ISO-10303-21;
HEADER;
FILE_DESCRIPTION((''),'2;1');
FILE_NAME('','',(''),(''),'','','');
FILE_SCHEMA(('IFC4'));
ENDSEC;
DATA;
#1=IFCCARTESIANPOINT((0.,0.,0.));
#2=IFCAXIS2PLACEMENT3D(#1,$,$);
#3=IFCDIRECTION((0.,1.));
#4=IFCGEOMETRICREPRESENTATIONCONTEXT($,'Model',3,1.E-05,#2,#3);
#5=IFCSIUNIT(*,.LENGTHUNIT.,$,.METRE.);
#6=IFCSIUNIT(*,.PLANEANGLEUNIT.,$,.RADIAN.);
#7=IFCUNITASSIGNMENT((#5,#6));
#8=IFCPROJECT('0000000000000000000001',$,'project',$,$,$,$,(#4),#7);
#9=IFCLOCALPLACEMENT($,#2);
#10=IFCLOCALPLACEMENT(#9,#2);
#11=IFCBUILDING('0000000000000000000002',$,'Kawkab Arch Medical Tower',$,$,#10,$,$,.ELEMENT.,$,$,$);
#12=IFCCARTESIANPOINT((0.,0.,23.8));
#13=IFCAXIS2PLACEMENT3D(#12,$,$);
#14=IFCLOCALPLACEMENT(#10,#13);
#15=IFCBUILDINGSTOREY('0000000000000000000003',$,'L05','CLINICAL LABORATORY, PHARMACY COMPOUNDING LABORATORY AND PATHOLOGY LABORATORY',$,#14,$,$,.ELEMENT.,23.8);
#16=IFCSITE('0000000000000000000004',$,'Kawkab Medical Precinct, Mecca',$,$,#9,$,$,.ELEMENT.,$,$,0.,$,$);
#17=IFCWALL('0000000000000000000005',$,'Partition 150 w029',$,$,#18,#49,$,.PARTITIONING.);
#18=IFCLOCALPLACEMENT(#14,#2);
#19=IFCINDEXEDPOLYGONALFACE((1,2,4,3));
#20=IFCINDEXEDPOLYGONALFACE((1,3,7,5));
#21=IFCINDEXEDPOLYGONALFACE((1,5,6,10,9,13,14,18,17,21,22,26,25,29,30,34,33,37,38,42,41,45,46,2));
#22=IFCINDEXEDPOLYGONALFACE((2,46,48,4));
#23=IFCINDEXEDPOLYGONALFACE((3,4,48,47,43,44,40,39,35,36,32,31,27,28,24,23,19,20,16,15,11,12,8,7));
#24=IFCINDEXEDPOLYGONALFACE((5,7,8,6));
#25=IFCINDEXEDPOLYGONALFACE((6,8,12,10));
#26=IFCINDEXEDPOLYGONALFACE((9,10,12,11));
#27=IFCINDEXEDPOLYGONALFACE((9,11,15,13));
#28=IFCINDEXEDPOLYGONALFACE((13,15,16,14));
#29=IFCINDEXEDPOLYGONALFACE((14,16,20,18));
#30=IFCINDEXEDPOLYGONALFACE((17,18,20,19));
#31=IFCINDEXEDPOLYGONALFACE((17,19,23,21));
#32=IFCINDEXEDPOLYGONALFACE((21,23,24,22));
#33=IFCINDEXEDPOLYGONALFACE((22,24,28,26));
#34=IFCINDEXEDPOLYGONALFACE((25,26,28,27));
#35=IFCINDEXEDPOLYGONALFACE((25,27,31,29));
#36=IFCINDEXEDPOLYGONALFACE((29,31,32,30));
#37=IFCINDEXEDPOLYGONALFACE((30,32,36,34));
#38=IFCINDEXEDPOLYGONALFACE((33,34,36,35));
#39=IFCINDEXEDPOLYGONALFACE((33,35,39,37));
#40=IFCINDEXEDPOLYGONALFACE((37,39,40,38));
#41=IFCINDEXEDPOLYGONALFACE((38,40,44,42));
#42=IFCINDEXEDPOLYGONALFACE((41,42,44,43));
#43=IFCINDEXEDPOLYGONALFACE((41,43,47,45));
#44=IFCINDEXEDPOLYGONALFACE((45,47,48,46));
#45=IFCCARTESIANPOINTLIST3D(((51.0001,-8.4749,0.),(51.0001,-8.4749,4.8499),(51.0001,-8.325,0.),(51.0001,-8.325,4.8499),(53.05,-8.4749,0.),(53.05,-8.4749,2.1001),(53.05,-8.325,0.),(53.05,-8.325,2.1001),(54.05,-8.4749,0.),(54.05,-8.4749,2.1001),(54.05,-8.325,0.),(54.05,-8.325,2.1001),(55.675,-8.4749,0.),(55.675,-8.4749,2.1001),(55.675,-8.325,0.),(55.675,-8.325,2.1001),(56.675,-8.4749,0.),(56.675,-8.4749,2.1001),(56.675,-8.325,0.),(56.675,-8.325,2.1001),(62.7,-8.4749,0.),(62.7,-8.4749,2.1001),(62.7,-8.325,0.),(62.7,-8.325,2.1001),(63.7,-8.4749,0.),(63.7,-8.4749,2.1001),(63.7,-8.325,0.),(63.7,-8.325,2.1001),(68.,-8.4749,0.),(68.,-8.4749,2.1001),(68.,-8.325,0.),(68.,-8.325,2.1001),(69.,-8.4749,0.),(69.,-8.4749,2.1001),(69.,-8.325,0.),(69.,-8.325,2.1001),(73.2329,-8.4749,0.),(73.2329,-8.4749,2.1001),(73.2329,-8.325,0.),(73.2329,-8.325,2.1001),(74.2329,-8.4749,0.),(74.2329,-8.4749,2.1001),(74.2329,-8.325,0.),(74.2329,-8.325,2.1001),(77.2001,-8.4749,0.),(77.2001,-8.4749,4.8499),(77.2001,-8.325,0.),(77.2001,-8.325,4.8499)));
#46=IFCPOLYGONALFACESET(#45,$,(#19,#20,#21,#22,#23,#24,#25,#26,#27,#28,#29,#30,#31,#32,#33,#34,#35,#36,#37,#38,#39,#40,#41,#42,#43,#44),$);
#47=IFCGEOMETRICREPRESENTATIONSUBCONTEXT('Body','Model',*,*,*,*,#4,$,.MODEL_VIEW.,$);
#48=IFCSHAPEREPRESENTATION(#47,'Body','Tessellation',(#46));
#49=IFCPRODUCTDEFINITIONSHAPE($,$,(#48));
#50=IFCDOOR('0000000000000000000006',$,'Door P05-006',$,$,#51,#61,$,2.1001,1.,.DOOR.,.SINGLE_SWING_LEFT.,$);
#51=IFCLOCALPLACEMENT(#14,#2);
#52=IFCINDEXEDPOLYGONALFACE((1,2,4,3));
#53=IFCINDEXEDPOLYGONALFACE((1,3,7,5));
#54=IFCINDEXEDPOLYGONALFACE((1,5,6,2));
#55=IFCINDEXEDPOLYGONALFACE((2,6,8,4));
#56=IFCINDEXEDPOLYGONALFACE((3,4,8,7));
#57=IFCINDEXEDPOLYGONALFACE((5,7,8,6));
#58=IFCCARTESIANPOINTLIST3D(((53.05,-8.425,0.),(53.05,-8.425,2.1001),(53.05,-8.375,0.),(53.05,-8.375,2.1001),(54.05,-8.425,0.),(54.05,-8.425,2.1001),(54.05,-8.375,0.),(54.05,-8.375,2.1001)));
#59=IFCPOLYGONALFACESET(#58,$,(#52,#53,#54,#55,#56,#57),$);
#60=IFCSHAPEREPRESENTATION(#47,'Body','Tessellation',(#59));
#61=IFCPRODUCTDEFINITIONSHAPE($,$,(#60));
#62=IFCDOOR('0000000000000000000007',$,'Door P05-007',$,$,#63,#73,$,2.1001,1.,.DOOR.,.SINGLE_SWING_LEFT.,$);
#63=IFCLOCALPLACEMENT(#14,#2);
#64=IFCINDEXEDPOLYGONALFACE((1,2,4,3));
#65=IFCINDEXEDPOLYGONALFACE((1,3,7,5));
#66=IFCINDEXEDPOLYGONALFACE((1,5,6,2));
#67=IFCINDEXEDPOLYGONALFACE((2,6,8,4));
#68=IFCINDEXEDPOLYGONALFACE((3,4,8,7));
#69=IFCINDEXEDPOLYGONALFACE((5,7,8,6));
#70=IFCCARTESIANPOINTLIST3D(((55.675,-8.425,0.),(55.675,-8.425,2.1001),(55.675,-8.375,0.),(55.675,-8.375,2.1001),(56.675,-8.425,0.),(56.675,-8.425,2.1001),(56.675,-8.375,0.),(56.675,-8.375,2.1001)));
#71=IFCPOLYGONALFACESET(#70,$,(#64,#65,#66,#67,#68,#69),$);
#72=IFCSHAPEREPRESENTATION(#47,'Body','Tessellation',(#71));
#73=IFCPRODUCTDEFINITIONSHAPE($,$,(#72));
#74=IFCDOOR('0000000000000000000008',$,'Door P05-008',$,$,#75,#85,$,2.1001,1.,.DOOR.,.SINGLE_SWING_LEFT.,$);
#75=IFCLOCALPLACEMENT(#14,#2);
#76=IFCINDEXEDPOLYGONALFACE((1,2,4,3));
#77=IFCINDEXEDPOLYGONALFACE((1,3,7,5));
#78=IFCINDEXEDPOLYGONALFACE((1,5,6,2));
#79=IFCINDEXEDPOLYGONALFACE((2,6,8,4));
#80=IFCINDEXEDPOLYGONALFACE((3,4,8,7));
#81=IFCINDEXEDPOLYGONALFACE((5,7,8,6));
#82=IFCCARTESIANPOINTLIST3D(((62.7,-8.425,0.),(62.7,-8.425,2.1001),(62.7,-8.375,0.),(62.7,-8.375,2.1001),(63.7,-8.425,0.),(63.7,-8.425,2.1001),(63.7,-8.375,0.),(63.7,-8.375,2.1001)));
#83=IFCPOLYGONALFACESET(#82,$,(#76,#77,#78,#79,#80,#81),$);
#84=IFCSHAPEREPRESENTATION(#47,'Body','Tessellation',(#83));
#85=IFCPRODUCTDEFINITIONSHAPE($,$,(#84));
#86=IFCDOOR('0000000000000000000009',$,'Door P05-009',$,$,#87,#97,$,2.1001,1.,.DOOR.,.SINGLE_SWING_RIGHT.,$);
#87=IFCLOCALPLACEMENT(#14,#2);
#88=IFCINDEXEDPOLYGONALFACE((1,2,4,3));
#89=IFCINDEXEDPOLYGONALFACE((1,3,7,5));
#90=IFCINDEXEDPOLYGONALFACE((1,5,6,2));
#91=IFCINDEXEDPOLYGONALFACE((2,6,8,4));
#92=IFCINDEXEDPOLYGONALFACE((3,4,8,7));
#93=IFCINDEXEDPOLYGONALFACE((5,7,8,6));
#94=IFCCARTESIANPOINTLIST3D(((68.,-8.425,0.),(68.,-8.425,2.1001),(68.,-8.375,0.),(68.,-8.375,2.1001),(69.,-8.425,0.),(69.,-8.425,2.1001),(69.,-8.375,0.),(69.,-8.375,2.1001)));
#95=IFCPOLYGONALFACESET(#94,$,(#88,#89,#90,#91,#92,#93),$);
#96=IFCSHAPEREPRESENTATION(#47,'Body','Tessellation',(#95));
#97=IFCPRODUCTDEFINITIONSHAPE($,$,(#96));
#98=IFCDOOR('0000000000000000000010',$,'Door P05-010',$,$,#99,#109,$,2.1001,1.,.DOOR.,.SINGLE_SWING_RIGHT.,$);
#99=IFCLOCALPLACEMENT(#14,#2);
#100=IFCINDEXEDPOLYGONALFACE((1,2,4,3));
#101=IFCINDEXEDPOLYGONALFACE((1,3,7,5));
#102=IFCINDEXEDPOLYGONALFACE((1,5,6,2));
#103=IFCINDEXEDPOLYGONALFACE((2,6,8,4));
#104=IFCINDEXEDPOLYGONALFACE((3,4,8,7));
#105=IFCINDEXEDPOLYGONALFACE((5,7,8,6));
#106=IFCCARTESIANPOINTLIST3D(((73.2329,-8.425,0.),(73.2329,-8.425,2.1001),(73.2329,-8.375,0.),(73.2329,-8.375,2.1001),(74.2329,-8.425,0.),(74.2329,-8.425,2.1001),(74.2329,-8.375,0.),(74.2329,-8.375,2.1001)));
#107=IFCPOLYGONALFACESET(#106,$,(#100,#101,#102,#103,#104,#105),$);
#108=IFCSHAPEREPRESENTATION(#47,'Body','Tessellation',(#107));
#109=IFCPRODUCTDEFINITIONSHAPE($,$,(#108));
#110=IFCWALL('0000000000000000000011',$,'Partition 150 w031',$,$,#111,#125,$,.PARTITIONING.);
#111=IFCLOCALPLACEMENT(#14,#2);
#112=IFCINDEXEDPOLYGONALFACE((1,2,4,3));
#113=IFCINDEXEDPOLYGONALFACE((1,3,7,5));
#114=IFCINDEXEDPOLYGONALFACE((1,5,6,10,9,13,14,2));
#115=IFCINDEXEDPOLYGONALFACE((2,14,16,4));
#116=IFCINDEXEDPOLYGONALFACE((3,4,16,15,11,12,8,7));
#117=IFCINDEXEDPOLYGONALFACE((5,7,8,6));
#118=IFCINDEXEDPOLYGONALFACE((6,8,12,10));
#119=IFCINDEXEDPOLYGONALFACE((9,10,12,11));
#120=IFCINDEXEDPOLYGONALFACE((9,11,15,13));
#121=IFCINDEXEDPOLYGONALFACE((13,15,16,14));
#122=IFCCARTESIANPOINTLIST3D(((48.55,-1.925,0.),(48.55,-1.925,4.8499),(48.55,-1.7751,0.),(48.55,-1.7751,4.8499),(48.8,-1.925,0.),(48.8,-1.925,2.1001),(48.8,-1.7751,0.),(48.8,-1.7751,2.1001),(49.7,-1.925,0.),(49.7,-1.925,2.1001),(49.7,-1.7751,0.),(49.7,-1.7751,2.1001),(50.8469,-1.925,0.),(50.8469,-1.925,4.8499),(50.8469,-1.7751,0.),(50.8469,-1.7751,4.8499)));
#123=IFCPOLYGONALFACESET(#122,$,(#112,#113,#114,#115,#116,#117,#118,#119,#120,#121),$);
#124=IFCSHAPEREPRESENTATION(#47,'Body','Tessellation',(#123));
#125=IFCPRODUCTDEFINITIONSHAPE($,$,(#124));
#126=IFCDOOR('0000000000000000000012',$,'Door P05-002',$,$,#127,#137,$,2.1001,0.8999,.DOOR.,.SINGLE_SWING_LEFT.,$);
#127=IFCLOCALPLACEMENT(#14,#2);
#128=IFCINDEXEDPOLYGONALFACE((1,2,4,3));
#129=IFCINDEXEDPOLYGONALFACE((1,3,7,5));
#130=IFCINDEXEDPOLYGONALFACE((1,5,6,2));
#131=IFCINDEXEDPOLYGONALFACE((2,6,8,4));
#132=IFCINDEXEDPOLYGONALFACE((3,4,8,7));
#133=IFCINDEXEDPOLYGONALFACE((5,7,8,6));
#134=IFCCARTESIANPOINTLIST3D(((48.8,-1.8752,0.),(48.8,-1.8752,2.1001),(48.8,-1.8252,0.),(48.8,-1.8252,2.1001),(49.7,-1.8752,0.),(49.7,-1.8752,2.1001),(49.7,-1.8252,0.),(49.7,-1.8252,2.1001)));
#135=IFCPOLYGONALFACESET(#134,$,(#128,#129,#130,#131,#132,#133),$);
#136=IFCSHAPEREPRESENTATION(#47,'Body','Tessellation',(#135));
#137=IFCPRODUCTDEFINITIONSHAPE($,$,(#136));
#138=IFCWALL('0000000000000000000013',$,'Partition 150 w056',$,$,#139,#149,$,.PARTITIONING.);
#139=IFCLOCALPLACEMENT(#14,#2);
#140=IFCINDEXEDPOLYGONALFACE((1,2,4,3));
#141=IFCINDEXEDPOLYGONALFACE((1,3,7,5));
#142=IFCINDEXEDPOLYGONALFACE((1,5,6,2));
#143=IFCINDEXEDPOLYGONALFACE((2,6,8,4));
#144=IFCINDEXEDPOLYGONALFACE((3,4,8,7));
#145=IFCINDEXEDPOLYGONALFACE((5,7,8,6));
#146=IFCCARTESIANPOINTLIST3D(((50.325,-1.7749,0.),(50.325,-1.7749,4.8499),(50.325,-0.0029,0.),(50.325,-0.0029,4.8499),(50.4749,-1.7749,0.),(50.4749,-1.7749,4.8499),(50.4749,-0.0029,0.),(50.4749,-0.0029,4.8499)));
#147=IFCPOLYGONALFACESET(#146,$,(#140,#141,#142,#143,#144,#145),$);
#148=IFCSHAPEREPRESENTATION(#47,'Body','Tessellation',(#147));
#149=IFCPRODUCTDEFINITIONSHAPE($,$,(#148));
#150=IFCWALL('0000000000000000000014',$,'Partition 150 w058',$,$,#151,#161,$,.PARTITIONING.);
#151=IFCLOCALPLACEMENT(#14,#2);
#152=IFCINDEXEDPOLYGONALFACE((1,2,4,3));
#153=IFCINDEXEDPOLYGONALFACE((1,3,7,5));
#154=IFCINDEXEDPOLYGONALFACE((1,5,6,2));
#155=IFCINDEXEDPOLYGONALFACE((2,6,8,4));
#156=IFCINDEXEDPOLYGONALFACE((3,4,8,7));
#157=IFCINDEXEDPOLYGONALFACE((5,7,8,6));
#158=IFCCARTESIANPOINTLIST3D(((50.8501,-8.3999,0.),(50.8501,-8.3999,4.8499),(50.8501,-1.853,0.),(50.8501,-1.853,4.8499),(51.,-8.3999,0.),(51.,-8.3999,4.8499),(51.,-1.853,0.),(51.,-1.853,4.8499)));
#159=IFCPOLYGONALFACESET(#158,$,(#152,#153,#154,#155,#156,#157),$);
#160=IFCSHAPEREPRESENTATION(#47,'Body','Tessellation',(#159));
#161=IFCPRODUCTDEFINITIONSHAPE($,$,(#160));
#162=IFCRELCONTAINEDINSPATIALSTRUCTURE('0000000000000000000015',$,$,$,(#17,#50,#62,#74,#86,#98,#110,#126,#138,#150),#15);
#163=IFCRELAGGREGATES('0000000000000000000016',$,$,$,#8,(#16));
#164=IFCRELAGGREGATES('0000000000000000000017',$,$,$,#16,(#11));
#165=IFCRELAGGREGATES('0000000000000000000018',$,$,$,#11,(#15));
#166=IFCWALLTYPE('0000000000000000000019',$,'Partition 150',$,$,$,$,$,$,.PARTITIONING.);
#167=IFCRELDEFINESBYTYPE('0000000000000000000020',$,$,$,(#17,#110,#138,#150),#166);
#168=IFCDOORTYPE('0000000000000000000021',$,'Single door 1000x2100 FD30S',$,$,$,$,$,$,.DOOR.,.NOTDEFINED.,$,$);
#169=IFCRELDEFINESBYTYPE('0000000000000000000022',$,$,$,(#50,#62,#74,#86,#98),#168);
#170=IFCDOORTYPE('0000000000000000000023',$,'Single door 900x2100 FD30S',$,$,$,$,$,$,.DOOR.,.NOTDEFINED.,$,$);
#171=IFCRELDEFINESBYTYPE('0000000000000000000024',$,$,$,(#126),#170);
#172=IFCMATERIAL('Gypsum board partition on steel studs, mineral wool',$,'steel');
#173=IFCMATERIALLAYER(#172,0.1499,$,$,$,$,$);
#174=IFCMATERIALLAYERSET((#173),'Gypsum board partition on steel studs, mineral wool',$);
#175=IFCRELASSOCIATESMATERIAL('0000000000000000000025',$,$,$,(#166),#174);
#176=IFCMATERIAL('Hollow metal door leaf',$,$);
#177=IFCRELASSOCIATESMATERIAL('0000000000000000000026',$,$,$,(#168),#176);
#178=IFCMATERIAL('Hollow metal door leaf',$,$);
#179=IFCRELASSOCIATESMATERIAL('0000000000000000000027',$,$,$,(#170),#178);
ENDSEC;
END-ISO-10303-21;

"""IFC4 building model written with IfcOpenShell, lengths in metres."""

from ifc_helpers import new_model, si_unit, direction, frame, frame_2d, origin, place, context, subcontext, project, spatial, rectangle, extrude, material, layer, layer_set, type_object, element, fill, save


model = new_model("IFC4")

# Units and contexts
model_context = context("Model", 3, precision=1e-05, world=origin(), true_north=direction((0.0, 1.0)))
body_context = subcontext(model_context, "Body", "Model", "MODEL_VIEW")
ifc_project = project(units=[si_unit("LENGTHUNIT", "METRE"), si_unit("PLANEANGLEUNIT", "RADIAN")], contexts=[model_context])

# Site, building, storey
site_placement = place(None, origin())
site = spatial("IfcSite", under=ifc_project, at=site_placement, Name="Kawkab Medical Precinct, Mecca", CompositionType="ELEMENT", RefElevation=0.0)
building_placement = place(site_placement, origin())
building = spatial("IfcBuilding", under=site, at=building_placement, Name="Kawkab Arch Medical Tower", CompositionType="ELEMENT")
storey_placement = place(building_placement, frame((0.0, 0.0, 23.8)))
storey = spatial("IfcBuildingStorey", under=building, at=storey_placement, Name="L05", Description="CLINICAL LABORATORY, PHARMACY COMPOUNDING LABORATORY AND PATHOLOGY LABORATORY", CompositionType="ELEMENT", Elevation=23.8)

# Wall, openings, doors
ifc_material_1 = material(Name="Gypsum board partition on steel studs, mineral wool", Category="steel")
ifc_layer_1 = layer(ifc_material_1, 0.1499)
ifc_layer_set_1 = layer_set([ifc_layer_1], Name="Gypsum board partition on steel studs, mineral wool")
wall_type_1 = type_object("IfcWallType", Name="Partition 150", PredefinedType="PARTITIONING", material=ifc_layer_set_1)
wall_1_placement = place(storey_placement, frame((51.0, -8.3999, 0.0), z_axis=(0.0, 0.0, 1.0), x_axis=(1.0, 0.0, 0.0)))
wall_1 = element("IfcWall", 1, at=wall_1_placement, inside=storey, type_object=wall_type_1, Name="Partition 150 w029", PredefinedType="PARTITIONING", context=body_context, shape_type="SweptSolid", body=[
    extrude(rectangle(XDim=26.2, YDim=0.1499, at=frame_2d((13.1001, 0.0))), origin(), (0.0, 0.0, 1.0), 4.8499),
])
opening_1_placement = place(wall_1_placement, frame((2.05, 0.0, 0.0)))
opening_1 = element("IfcOpeningElement", 2, at=opening_1_placement, cuts=wall_1, PredefinedType="OPENING", context=body_context, shape_type="SweptSolid", body=[
    extrude(rectangle(XDim=1.0, YDim=2.1001, at=frame_2d((0.5, 1.05))), frame((0.0, 0.085, 0.0), z_axis=(0.0, -1.0, 0.0), x_axis=(1.0, 0.0, 0.0)), (0.0, 0.0, 1.0), 0.1699),
])
opening_2_placement = place(wall_1_placement, frame((4.675, 0.0, 0.0)))
opening_2 = element("IfcOpeningElement", 3, at=opening_2_placement, cuts=wall_1, PredefinedType="OPENING", context=body_context, shape_type="SweptSolid", body=[
    extrude(rectangle(XDim=1.0, YDim=2.1001, at=frame_2d((0.5, 1.05))), frame((0.0, 0.085, 0.0), z_axis=(0.0, -1.0, 0.0), x_axis=(1.0, 0.0, 0.0)), (0.0, 0.0, 1.0), 0.1699),
])
opening_3_placement = place(wall_1_placement, frame((11.7, 0.0, 0.0)))
opening_3 = element("IfcOpeningElement", 4, at=opening_3_placement, cuts=wall_1, PredefinedType="OPENING", context=body_context, shape_type="SweptSolid", body=[
    extrude(rectangle(XDim=1.0, YDim=2.1001, at=frame_2d((0.5, 1.05))), frame((0.0, 0.085, 0.0), z_axis=(0.0, -1.0, 0.0), x_axis=(1.0, 0.0, 0.0)), (0.0, 0.0, 1.0), 0.1699),
])
opening_4_placement = place(wall_1_placement, frame((17.0, 0.0, 0.0)))
opening_4 = element("IfcOpeningElement", 5, at=opening_4_placement, cuts=wall_1, PredefinedType="OPENING", context=body_context, shape_type="SweptSolid", body=[
    extrude(rectangle(XDim=1.0, YDim=2.1001, at=frame_2d((0.5, 1.05))), frame((0.0, 0.085, 0.0), z_axis=(0.0, -1.0, 0.0), x_axis=(1.0, 0.0, 0.0)), (0.0, 0.0, 1.0), 0.1699),
])
opening_5_placement = place(wall_1_placement, frame((22.2329, 0.0, 0.0)))
opening_5 = element("IfcOpeningElement", 6, at=opening_5_placement, cuts=wall_1, PredefinedType="OPENING", context=body_context, shape_type="SweptSolid", body=[
    extrude(rectangle(XDim=1.0, YDim=2.1001, at=frame_2d((0.5, 1.05))), frame((0.0, 0.085, 0.0), z_axis=(0.0, -1.0, 0.0), x_axis=(1.0, 0.0, 0.0)), (0.0, 0.0, 1.0), 0.1699),
])
ifc_material_2 = material(Name="Hollow metal door leaf")
door_type_1 = type_object("IfcDoorType", Name="Single door 1000x2100 FD30S", OperationType="NOTDEFINED", PredefinedType="DOOR", material=ifc_material_2)
door_1_placement = place(opening_1_placement, origin())
door_1 = element("IfcDoor", 7, at=door_1_placement, inside=storey, type_object=door_type_1, Name="Door P05-006", OperationType="SINGLE_SWING_LEFT", OverallHeight=2.1001, OverallWidth=1.0, PredefinedType="DOOR", context=body_context, shape_type="SweptSolid", body=[
    extrude(rectangle(XDim=1.0, YDim=2.1001, at=frame_2d((0.5, 1.05))), frame((0.0, 0.0249, 0.0), z_axis=(0.0, -1.0, 0.0), x_axis=(1.0, 0.0, 0.0)), (0.0, 0.0, 1.0), 0.05),
])
fill(opening_1, door_1)
door_2_placement = place(opening_2_placement, origin())
door_2 = element("IfcDoor", 8, at=door_2_placement, inside=storey, type_object=door_type_1, Name="Door P05-007", OperationType="SINGLE_SWING_LEFT", OverallHeight=2.1001, OverallWidth=1.0, PredefinedType="DOOR", context=body_context, shape_type="SweptSolid", body=[
    extrude(rectangle(XDim=1.0, YDim=2.1001, at=frame_2d((0.5, 1.05))), frame((0.0, 0.0249, 0.0), z_axis=(0.0, -1.0, 0.0), x_axis=(1.0, 0.0, 0.0)), (0.0, 0.0, 1.0), 0.05),
])
fill(opening_2, door_2)
door_3_placement = place(opening_3_placement, origin())
door_3 = element("IfcDoor", 9, at=door_3_placement, inside=storey, type_object=door_type_1, Name="Door P05-008", OperationType="SINGLE_SWING_LEFT", OverallHeight=2.1001, OverallWidth=1.0, PredefinedType="DOOR", context=body_context, shape_type="SweptSolid", body=[
    extrude(rectangle(XDim=1.0, YDim=2.1001, at=frame_2d((0.5, 1.05))), frame((0.0, 0.0249, 0.0), z_axis=(0.0, -1.0, 0.0), x_axis=(1.0, 0.0, 0.0)), (0.0, 0.0, 1.0), 0.05),
])
fill(opening_3, door_3)
door_4_placement = place(opening_4_placement, origin())
door_4 = element("IfcDoor", 10, at=door_4_placement, inside=storey, type_object=door_type_1, Name="Door P05-009", OperationType="SINGLE_SWING_RIGHT", OverallHeight=2.1001, OverallWidth=1.0, PredefinedType="DOOR", context=body_context, shape_type="SweptSolid", body=[
    extrude(rectangle(XDim=1.0, YDim=2.1001, at=frame_2d((0.5, 1.05))), frame((0.0, 0.0249, 0.0), z_axis=(0.0, -1.0, 0.0), x_axis=(1.0, 0.0, 0.0)), (0.0, 0.0, 1.0), 0.05),
])
fill(opening_4, door_4)
door_5_placement = place(opening_5_placement, origin())
door_5 = element("IfcDoor", 11, at=door_5_placement, inside=storey, type_object=door_type_1, Name="Door P05-010", OperationType="SINGLE_SWING_RIGHT", OverallHeight=2.1001, OverallWidth=1.0, PredefinedType="DOOR", context=body_context, shape_type="SweptSolid", body=[
    extrude(rectangle(XDim=1.0, YDim=2.1001, at=frame_2d((0.5, 1.05))), frame((0.0, 0.0249, 0.0), z_axis=(0.0, -1.0, 0.0), x_axis=(1.0, 0.0, 0.0)), (0.0, 0.0, 1.0), 0.05),
])
fill(opening_5, door_5)

# Wall, opening, door
wall_2_placement = place(storey_placement, frame((48.55, -1.8501, 0.0), z_axis=(0.0, 0.0, 1.0), x_axis=(1.0, 0.0, 0.0)))
wall_2 = element("IfcWall", 12, at=wall_2_placement, inside=storey, type_object=wall_type_1, Name="Partition 150 w031", PredefinedType="PARTITIONING", context=body_context, shape_type="SweptSolid", body=[
    extrude(rectangle(XDim=2.2969, YDim=0.1499, at=frame_2d((1.1484, 0.0))), origin(), (0.0, 0.0, 1.0), 4.8499),
])
opening_6_placement = place(wall_2_placement, frame((0.25, 0.0, 0.0)))
opening_6 = element("IfcOpeningElement", 13, at=opening_6_placement, cuts=wall_2, PredefinedType="OPENING", context=body_context, shape_type="SweptSolid", body=[
    extrude(rectangle(XDim=0.8999, YDim=2.1001, at=frame_2d((0.45, 1.05))), frame((0.0, 0.085, 0.0), z_axis=(0.0, -1.0, 0.0), x_axis=(1.0, 0.0, 0.0)), (0.0, 0.0, 1.0), 0.1699),
])
ifc_material_3 = material(Name="Hollow metal door leaf")
door_type_2 = type_object("IfcDoorType", Name="Single door 900x2100 FD30S", OperationType="NOTDEFINED", PredefinedType="DOOR", material=ifc_material_3)
door_6_placement = place(opening_6_placement, origin())
door_6 = element("IfcDoor", 14, at=door_6_placement, inside=storey, type_object=door_type_2, Name="Door P05-002", OperationType="SINGLE_SWING_LEFT", OverallHeight=2.1001, OverallWidth=0.8999, PredefinedType="DOOR", context=body_context, shape_type="SweptSolid", body=[
    extrude(rectangle(XDim=0.8999, YDim=2.1001, at=frame_2d((0.45, 1.05))), frame((0.0, 0.0249, 0.0), z_axis=(0.0, -1.0, 0.0), x_axis=(1.0, 0.0, 0.0)), (0.0, 0.0, 1.0), 0.05),
])
fill(opening_6, door_6)

# Walls
wall_3_placement = place(storey_placement, frame((50.3999, -1.7749, 0.0), z_axis=(0.0, 0.0, 1.0), x_axis=(0.0, 1.0, 0.0)))
element("IfcWall", 15, at=wall_3_placement, inside=storey, type_object=wall_type_1, Name="Partition 150 w056", PredefinedType="PARTITIONING", context=body_context, shape_type="SweptSolid", body=[
    extrude(rectangle(XDim=1.772, YDim=0.1499, at=frame_2d((0.886, 0.0))), origin(), (0.0, 0.0, 1.0), 4.8499),
])
wall_4_placement = place(storey_placement, frame((50.925, -8.3999, 0.0), z_axis=(0.0, 0.0, 1.0), x_axis=(0.0, 1.0, 0.0)))
element("IfcWall", 16, at=wall_4_placement, inside=storey, type_object=wall_type_1, Name="Partition 150 w058", PredefinedType="PARTITIONING", context=body_context, shape_type="SweptSolid", body=[
    extrude(rectangle(XDim=6.5469, YDim=0.1499, at=frame_2d((3.2734, 0.0))), origin(), (0.0, 0.0, 1.0), 4.8499),
])

save(model, "model.ifc")
